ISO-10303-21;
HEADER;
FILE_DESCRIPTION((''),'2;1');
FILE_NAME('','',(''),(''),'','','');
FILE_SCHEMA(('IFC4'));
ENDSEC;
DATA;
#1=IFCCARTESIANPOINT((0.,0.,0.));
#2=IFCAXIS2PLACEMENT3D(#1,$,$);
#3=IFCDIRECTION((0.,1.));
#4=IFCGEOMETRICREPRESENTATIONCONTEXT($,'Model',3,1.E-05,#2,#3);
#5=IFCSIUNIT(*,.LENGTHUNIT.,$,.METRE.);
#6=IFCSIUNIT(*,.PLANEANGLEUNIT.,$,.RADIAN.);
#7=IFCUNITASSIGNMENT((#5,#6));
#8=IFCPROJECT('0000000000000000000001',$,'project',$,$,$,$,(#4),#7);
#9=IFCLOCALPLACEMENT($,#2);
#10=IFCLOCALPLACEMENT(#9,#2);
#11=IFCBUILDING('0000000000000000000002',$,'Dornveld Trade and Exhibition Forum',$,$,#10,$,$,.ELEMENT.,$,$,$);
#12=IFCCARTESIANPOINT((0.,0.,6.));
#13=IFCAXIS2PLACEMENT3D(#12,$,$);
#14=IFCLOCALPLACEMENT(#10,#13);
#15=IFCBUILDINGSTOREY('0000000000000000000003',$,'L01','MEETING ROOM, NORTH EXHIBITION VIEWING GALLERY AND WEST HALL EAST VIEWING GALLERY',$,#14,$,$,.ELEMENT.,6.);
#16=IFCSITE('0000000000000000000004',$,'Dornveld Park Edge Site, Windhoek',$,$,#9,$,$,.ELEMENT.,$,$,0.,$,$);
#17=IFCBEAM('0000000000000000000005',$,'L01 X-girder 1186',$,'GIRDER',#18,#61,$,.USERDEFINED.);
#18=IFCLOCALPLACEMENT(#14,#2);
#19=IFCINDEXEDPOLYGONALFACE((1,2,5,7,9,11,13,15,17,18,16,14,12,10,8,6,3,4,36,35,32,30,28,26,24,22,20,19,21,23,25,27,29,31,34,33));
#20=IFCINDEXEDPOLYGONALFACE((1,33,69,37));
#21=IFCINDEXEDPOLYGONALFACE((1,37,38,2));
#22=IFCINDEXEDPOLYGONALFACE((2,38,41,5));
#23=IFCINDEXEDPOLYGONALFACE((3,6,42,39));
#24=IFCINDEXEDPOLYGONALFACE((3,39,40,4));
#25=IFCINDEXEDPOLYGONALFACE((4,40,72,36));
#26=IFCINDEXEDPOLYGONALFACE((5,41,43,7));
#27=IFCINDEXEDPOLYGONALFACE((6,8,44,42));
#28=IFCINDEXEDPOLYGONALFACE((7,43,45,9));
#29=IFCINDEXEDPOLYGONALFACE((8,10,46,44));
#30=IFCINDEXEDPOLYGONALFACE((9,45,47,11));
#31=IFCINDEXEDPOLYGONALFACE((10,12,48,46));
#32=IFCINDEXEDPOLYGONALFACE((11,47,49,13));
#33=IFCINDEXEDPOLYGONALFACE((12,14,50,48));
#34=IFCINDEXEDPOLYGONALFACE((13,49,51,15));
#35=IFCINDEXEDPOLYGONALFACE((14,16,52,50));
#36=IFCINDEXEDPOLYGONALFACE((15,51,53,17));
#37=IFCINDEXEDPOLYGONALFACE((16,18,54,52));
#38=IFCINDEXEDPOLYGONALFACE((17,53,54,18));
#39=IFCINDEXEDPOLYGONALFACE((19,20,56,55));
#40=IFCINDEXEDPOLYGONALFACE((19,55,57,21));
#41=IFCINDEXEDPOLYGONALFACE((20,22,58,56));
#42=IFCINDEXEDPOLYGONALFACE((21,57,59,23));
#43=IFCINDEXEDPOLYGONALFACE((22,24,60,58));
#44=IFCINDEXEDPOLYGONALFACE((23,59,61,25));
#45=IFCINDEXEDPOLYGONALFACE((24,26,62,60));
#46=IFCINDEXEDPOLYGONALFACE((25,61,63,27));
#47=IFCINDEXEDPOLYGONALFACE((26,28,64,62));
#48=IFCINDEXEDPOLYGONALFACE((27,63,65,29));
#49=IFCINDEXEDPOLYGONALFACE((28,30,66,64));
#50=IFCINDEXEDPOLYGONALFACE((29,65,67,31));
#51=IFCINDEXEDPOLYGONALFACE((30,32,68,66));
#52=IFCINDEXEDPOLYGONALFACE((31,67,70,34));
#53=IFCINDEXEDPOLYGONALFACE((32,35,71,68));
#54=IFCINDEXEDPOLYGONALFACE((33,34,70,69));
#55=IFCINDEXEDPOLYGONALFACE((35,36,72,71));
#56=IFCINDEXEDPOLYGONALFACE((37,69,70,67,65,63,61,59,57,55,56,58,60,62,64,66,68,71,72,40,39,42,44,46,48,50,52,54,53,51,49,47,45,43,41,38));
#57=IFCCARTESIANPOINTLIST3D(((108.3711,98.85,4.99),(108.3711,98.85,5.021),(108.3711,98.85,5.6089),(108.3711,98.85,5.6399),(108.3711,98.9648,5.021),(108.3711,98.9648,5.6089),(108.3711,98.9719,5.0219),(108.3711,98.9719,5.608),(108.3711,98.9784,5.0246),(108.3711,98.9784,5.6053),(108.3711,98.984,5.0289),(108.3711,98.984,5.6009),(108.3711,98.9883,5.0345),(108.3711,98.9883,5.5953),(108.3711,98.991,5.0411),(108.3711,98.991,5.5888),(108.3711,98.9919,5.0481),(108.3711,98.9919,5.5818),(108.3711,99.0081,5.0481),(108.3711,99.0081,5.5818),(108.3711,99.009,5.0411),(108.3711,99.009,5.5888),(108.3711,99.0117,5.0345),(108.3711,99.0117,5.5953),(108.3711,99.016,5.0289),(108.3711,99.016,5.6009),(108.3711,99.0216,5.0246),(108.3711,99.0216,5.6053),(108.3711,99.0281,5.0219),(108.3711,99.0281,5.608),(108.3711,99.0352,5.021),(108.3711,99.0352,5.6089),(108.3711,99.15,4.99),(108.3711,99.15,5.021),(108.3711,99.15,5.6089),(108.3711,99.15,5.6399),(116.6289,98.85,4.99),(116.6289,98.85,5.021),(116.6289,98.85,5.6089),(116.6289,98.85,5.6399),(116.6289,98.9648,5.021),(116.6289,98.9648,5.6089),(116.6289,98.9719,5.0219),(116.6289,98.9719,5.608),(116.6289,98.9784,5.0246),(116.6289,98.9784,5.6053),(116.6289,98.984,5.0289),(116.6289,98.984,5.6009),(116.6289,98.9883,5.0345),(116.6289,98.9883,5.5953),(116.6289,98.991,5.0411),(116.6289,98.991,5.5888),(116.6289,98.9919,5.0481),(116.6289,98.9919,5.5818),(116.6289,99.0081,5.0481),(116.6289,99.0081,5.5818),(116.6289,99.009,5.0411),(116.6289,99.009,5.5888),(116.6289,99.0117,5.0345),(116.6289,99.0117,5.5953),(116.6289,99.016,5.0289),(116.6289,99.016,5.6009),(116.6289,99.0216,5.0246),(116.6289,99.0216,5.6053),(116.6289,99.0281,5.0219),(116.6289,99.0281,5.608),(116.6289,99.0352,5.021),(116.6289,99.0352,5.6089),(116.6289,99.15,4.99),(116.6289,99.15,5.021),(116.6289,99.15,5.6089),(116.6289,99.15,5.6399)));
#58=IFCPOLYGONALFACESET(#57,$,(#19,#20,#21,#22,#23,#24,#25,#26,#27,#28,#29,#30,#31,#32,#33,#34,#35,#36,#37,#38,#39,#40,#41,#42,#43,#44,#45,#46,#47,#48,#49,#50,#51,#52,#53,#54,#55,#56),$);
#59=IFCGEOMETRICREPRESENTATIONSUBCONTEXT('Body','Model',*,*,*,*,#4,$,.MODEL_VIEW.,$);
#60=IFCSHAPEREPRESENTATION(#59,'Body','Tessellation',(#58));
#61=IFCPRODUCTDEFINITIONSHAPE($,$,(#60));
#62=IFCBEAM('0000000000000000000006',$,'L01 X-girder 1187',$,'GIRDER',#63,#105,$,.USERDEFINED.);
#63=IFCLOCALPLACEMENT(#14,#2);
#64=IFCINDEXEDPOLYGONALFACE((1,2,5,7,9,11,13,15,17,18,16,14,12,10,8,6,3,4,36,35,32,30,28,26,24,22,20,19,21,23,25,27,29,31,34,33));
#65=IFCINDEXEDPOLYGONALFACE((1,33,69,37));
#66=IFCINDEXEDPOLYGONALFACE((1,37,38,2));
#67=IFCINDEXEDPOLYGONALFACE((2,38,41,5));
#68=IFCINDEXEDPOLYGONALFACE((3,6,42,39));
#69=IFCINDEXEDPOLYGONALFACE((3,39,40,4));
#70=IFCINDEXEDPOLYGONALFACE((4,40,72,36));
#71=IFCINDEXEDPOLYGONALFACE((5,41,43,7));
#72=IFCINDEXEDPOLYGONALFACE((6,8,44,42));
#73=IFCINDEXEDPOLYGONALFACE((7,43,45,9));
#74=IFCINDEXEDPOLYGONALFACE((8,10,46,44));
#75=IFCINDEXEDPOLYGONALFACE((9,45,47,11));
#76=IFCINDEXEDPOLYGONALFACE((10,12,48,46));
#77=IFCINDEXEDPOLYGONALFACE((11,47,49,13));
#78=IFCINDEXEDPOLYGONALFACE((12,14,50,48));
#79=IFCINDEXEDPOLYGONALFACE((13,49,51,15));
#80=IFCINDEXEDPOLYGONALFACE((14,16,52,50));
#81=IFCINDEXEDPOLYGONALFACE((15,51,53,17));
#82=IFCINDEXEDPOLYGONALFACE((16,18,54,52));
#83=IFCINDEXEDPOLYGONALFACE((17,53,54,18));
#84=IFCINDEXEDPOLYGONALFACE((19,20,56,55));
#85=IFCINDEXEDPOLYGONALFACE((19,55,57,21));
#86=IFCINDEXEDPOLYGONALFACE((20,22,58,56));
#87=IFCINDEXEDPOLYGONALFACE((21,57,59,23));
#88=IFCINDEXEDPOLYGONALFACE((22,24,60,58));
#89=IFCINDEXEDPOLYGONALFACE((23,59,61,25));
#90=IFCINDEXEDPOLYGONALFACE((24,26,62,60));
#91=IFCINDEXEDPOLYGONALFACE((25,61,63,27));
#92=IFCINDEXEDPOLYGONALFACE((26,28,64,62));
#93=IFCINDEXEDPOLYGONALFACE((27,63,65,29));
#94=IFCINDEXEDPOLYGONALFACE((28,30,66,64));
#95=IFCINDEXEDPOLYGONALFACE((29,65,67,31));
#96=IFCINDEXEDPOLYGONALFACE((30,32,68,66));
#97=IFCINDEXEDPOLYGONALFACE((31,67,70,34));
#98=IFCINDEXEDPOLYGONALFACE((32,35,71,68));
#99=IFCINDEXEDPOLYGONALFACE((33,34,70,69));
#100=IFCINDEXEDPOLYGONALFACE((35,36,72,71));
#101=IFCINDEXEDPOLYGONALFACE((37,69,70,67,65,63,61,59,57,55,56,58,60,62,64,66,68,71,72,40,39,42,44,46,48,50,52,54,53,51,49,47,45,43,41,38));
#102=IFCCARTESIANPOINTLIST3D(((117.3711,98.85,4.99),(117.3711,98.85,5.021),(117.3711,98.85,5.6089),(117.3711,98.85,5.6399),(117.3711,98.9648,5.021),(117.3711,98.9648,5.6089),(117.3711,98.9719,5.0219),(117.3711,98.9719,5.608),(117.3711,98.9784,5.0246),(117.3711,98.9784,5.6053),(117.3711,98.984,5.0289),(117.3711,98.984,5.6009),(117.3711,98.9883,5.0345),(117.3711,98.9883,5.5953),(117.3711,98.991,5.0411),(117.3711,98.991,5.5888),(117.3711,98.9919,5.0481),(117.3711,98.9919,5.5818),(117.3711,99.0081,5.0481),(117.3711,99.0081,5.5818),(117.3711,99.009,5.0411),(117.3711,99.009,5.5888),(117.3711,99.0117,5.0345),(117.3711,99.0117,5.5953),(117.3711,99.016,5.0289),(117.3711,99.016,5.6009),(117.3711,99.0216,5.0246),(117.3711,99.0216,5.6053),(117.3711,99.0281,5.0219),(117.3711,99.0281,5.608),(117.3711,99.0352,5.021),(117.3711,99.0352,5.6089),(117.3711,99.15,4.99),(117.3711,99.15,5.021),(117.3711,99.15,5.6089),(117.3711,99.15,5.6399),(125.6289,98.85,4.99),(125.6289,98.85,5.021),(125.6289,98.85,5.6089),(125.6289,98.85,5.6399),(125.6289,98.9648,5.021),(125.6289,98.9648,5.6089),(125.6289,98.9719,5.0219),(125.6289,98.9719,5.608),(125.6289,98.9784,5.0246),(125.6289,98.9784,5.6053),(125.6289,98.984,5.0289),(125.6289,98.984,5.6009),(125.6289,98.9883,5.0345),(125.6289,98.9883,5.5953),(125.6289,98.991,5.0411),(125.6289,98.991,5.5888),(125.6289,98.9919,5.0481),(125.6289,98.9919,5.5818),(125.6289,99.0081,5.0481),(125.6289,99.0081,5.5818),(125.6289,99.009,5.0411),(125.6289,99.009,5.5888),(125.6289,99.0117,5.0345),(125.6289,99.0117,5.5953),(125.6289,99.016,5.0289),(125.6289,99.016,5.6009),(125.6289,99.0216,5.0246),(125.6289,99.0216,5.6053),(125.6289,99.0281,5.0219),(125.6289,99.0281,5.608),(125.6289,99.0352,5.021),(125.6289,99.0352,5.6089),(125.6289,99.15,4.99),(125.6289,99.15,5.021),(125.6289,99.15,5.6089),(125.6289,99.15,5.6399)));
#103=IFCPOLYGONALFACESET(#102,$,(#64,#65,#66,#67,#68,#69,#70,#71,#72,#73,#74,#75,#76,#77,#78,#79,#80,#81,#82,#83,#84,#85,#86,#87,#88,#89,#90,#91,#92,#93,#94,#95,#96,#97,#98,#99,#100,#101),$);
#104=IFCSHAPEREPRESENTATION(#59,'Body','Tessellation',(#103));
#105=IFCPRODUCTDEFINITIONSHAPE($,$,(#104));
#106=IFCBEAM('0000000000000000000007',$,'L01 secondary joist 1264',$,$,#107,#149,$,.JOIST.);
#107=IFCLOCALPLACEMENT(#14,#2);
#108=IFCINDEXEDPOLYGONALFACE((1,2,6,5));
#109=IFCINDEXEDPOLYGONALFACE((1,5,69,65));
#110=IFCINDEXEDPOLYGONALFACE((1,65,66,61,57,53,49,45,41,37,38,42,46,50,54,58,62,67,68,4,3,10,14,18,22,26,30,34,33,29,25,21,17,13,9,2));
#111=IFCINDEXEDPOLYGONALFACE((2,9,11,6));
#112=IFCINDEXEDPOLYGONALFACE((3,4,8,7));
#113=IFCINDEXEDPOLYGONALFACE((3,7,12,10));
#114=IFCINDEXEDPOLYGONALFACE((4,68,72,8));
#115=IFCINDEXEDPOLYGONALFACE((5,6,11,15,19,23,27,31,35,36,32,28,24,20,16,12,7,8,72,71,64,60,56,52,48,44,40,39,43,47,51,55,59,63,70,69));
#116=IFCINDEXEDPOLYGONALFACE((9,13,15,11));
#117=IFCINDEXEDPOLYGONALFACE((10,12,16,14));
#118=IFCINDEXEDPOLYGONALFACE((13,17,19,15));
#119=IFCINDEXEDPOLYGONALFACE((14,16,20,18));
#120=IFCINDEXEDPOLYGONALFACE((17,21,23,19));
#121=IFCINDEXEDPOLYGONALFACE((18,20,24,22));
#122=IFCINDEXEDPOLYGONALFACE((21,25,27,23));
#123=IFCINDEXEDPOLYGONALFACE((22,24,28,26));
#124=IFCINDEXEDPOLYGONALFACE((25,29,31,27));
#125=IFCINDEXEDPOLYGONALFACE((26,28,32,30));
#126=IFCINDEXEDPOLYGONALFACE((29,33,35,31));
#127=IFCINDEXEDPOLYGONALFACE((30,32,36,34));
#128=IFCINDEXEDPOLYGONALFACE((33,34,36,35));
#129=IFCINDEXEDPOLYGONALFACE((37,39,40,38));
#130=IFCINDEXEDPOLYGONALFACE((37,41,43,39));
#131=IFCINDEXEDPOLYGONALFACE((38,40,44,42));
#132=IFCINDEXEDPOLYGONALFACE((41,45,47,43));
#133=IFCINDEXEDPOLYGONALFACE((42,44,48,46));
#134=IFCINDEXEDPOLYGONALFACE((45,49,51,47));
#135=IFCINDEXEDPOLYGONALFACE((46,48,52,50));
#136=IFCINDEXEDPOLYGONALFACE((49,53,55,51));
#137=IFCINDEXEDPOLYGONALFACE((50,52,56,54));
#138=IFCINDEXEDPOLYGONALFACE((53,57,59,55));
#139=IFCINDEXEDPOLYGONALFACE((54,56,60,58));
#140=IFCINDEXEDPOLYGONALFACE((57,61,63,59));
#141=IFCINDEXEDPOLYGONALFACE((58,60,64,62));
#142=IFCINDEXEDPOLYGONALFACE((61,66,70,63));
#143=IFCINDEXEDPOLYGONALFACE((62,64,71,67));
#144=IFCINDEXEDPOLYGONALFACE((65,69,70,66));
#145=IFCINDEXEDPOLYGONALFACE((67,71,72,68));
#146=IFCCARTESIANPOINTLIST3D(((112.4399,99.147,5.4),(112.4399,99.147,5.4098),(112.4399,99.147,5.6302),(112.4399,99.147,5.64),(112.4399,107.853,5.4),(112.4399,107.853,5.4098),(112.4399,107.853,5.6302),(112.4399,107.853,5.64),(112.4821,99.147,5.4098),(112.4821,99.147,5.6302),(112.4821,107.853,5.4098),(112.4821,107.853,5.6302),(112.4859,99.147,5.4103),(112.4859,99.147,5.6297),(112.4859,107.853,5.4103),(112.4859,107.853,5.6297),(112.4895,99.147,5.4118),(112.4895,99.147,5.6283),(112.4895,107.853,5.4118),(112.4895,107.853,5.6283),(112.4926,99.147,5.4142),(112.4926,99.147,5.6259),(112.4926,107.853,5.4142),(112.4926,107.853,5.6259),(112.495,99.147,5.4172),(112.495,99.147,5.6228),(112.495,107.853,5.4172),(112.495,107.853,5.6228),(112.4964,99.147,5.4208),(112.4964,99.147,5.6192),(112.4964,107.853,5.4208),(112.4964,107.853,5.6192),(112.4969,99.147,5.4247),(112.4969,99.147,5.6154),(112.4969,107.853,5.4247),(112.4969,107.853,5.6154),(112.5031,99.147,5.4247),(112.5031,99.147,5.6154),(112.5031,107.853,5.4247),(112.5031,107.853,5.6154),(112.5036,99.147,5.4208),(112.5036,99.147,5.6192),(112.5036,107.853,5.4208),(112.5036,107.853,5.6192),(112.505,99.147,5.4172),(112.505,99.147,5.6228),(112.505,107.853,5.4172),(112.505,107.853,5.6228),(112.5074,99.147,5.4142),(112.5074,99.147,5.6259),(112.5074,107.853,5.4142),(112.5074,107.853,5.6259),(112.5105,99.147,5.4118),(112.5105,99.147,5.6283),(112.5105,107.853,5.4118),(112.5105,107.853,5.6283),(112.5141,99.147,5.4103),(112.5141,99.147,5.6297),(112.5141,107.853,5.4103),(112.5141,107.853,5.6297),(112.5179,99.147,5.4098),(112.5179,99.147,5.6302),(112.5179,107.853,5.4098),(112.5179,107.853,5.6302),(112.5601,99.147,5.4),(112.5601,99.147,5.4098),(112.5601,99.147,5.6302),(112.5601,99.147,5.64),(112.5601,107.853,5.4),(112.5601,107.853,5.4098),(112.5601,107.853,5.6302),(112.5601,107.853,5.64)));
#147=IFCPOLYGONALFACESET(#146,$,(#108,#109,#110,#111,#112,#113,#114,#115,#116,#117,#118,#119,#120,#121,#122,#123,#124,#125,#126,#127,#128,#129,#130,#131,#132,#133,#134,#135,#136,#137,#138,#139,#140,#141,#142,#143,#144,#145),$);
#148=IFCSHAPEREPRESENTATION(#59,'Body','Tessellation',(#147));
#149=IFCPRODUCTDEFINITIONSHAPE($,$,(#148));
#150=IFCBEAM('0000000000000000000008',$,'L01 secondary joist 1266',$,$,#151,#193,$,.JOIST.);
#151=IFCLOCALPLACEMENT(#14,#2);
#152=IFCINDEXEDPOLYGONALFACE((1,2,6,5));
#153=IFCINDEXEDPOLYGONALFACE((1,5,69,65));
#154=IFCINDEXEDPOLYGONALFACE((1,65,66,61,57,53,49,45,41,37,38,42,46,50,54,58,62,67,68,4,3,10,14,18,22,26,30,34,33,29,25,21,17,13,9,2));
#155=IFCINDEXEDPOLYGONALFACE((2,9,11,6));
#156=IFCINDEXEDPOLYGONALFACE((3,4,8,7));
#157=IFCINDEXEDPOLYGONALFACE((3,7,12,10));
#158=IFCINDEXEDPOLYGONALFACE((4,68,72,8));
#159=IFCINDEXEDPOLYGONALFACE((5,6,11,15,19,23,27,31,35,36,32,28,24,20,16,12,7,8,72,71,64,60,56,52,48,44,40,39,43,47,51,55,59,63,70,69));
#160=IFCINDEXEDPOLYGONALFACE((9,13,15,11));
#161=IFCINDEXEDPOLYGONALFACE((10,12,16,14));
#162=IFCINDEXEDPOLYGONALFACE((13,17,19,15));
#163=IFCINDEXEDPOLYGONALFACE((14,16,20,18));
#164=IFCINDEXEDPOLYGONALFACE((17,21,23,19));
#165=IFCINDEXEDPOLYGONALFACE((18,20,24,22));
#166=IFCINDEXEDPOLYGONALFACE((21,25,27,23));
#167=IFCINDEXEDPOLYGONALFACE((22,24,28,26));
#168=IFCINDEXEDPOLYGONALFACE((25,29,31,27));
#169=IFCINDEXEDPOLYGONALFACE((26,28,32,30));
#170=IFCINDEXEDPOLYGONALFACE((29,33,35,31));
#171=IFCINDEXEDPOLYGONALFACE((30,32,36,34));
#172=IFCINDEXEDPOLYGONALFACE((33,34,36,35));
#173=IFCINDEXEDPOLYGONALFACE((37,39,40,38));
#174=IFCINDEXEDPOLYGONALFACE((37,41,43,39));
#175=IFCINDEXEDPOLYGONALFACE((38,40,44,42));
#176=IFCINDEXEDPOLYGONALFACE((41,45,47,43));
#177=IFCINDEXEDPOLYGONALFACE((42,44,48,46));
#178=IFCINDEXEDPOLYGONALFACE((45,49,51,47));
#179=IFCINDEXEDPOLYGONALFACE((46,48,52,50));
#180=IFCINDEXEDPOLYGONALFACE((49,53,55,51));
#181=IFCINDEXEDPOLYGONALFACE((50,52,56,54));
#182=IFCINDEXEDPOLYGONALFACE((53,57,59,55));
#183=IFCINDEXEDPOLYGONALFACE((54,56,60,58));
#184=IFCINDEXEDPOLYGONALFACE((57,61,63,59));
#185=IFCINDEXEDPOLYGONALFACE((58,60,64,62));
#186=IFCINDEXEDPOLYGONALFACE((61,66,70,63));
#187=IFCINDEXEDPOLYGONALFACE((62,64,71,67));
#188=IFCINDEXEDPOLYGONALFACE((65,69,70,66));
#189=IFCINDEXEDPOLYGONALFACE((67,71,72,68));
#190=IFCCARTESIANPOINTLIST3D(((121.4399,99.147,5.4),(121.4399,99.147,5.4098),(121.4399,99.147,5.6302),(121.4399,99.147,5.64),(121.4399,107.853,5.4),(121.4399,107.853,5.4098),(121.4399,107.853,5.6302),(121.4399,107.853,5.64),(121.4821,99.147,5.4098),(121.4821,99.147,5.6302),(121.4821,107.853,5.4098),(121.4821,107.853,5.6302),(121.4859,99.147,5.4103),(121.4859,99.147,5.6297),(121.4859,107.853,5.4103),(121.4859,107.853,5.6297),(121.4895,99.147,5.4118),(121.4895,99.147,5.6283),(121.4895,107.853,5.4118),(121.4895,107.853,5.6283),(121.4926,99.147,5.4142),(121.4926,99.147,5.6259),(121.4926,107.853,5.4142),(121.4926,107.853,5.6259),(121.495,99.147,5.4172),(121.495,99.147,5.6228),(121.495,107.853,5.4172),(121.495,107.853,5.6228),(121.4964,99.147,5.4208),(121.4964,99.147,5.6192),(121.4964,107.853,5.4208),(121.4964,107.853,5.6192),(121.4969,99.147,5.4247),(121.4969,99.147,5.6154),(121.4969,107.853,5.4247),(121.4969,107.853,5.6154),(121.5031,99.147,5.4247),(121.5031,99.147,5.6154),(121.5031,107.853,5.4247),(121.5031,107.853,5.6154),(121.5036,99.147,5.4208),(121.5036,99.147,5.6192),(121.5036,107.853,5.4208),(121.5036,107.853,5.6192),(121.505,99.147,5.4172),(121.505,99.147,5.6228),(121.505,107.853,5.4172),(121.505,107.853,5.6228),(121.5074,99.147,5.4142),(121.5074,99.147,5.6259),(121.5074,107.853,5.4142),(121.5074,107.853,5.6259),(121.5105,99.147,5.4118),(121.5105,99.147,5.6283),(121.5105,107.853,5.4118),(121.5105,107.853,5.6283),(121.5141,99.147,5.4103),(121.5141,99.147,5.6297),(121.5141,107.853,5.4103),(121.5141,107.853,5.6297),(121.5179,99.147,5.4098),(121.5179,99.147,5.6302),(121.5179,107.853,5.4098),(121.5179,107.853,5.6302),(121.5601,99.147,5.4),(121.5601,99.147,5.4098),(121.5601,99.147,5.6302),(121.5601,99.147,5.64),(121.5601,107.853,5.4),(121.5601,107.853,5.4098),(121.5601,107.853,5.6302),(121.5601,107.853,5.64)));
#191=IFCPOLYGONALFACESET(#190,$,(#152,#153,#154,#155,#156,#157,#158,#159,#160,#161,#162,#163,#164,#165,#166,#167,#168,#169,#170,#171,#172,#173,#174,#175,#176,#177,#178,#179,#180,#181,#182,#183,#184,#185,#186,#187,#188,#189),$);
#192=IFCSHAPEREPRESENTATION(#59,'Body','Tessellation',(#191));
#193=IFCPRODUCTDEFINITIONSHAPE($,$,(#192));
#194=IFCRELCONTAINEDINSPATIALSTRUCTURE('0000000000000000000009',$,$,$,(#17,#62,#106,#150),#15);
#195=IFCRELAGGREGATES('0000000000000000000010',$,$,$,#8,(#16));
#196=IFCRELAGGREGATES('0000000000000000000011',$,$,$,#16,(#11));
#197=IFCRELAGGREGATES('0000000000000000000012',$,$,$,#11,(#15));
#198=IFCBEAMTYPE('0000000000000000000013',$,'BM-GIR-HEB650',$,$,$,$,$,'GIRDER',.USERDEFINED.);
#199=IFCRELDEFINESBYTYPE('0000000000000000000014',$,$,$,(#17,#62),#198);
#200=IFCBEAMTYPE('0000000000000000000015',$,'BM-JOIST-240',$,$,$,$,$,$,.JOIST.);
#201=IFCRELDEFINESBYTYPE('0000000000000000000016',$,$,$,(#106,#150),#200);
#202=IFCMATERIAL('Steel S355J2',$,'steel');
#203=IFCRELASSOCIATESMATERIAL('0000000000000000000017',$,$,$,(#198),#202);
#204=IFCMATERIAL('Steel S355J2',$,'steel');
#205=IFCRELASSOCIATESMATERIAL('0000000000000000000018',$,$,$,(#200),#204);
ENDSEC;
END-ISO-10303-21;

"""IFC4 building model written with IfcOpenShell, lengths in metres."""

from ifc_helpers import new_model, si_unit, direction, frame, origin, origin_2d, place, context, subcontext, project, spatial, i_section, extrude, material, material_profile, profile_set, type_object, element, save


model = new_model("IFC4")

# Units and contexts
model_context = context("Model", 3, precision=1e-05, world=origin(), true_north=direction((0.0, 1.0)))
body_context = subcontext(model_context, "Body", "Model", "MODEL_VIEW")
ifc_project = project(units=[si_unit("LENGTHUNIT", "METRE"), si_unit("PLANEANGLEUNIT", "RADIAN")], contexts=[model_context])

# Site, building, storey
site_placement = place(None, origin())
site = spatial("IfcSite", under=ifc_project, at=site_placement, Name="Dornveld Park Edge Site, Windhoek", CompositionType="ELEMENT", RefElevation=0.0)
building_placement = place(site_placement, origin())
building = spatial("IfcBuilding", under=site, at=building_placement, Name="Dornveld Trade and Exhibition Forum", CompositionType="ELEMENT")
storey_placement = place(building_placement, frame((0.0, 0.0, 6.0)))
storey = spatial("IfcBuildingStorey", under=building, at=storey_placement, Name="L01", Description="MEETING ROOM, NORTH EXHIBITION VIEWING GALLERY AND WEST HALL EAST VIEWING GALLERY", CompositionType="ELEMENT", Elevation=6.0)

# Beams
ifc_material_1 = material(Name="Steel S355J2", Category="steel")
ifc_material_profile_1 = material_profile(ifc_material_1, i_section(OverallWidth=0.3, OverallDepth=0.6499, WebThickness=0.0161, FlangeThickness=0.031, FilletRadius=0.0271, at=origin_2d()), Name="HEB 650")
ifc_profile_set_1 = profile_set([ifc_material_profile_1], Name="Steel S355J2")
beam_type_1 = type_object("IfcBeamType", Name="BM-GIR-HEB650", ElementType="GIRDER", PredefinedType="USERDEFINED", material=ifc_profile_set_1)
for number, where, z_axis, x_axis, name in (
    (1, (108.3711, 99.0, 5.3149), (1.0, 0.0, 0.0), (0.0, 1.0, 0.0), "L01 X-girder 1186"),
    (2, (117.3711, 99.0, 5.3149), (1.0, 0.0, 0.0), (0.0, 1.0, 0.0), "L01 X-girder 1187"),
):
    element("IfcBeam", number, at=place(storey_placement, frame(where, z_axis=z_axis, x_axis=x_axis)), inside=storey, type_object=beam_type_1, Name=name, ObjectType="GIRDER", PredefinedType="USERDEFINED", context=body_context, shape_type="SweptSolid", body=[
        extrude(i_section(OverallWidth=0.3, OverallDepth=0.6499, WebThickness=0.0161, FlangeThickness=0.031, FilletRadius=0.0271, at=origin_2d()), origin(), (0.0, 0.0, 1.0), 8.2578),
    ])
ifc_material_2 = material(Name="Steel S355J2", Category="steel")
ifc_material_profile_2 = material_profile(ifc_material_2, i_section(OverallWidth=0.1201, OverallDepth=0.24, WebThickness=0.0061, FlangeThickness=0.0098, FilletRadius=0.0149, at=origin_2d()), Name="IPE 240")
ifc_profile_set_2 = profile_set([ifc_material_profile_2], Name="Steel S355J2")
beam_type_2 = type_object("IfcBeamType", Name="BM-JOIST-240", PredefinedType="JOIST", material=ifc_profile_set_2)
for number, where, z_axis, x_axis, name in (
    (3, (112.5, 99.147, 5.52), (0.0, 1.0, 0.0), (-1.0, 0.0, 0.0), "L01 secondary joist 1264"),
    (4, (121.5, 99.147, 5.52), (0.0, 1.0, 0.0), (-1.0, 0.0, 0.0), "L01 secondary joist 1266"),
):
    element("IfcBeam", number, at=place(storey_placement, frame(where, z_axis=z_axis, x_axis=x_axis)), inside=storey, type_object=beam_type_2, Name=name, PredefinedType="JOIST", context=body_context, shape_type="SweptSolid", body=[
        extrude(i_section(OverallWidth=0.1201, OverallDepth=0.24, WebThickness=0.0061, FlangeThickness=0.0098, FilletRadius=0.0149, at=origin_2d()), origin(), (0.0, 0.0, 1.0), 8.7061),
    ])

save(model, "model.ifc")
